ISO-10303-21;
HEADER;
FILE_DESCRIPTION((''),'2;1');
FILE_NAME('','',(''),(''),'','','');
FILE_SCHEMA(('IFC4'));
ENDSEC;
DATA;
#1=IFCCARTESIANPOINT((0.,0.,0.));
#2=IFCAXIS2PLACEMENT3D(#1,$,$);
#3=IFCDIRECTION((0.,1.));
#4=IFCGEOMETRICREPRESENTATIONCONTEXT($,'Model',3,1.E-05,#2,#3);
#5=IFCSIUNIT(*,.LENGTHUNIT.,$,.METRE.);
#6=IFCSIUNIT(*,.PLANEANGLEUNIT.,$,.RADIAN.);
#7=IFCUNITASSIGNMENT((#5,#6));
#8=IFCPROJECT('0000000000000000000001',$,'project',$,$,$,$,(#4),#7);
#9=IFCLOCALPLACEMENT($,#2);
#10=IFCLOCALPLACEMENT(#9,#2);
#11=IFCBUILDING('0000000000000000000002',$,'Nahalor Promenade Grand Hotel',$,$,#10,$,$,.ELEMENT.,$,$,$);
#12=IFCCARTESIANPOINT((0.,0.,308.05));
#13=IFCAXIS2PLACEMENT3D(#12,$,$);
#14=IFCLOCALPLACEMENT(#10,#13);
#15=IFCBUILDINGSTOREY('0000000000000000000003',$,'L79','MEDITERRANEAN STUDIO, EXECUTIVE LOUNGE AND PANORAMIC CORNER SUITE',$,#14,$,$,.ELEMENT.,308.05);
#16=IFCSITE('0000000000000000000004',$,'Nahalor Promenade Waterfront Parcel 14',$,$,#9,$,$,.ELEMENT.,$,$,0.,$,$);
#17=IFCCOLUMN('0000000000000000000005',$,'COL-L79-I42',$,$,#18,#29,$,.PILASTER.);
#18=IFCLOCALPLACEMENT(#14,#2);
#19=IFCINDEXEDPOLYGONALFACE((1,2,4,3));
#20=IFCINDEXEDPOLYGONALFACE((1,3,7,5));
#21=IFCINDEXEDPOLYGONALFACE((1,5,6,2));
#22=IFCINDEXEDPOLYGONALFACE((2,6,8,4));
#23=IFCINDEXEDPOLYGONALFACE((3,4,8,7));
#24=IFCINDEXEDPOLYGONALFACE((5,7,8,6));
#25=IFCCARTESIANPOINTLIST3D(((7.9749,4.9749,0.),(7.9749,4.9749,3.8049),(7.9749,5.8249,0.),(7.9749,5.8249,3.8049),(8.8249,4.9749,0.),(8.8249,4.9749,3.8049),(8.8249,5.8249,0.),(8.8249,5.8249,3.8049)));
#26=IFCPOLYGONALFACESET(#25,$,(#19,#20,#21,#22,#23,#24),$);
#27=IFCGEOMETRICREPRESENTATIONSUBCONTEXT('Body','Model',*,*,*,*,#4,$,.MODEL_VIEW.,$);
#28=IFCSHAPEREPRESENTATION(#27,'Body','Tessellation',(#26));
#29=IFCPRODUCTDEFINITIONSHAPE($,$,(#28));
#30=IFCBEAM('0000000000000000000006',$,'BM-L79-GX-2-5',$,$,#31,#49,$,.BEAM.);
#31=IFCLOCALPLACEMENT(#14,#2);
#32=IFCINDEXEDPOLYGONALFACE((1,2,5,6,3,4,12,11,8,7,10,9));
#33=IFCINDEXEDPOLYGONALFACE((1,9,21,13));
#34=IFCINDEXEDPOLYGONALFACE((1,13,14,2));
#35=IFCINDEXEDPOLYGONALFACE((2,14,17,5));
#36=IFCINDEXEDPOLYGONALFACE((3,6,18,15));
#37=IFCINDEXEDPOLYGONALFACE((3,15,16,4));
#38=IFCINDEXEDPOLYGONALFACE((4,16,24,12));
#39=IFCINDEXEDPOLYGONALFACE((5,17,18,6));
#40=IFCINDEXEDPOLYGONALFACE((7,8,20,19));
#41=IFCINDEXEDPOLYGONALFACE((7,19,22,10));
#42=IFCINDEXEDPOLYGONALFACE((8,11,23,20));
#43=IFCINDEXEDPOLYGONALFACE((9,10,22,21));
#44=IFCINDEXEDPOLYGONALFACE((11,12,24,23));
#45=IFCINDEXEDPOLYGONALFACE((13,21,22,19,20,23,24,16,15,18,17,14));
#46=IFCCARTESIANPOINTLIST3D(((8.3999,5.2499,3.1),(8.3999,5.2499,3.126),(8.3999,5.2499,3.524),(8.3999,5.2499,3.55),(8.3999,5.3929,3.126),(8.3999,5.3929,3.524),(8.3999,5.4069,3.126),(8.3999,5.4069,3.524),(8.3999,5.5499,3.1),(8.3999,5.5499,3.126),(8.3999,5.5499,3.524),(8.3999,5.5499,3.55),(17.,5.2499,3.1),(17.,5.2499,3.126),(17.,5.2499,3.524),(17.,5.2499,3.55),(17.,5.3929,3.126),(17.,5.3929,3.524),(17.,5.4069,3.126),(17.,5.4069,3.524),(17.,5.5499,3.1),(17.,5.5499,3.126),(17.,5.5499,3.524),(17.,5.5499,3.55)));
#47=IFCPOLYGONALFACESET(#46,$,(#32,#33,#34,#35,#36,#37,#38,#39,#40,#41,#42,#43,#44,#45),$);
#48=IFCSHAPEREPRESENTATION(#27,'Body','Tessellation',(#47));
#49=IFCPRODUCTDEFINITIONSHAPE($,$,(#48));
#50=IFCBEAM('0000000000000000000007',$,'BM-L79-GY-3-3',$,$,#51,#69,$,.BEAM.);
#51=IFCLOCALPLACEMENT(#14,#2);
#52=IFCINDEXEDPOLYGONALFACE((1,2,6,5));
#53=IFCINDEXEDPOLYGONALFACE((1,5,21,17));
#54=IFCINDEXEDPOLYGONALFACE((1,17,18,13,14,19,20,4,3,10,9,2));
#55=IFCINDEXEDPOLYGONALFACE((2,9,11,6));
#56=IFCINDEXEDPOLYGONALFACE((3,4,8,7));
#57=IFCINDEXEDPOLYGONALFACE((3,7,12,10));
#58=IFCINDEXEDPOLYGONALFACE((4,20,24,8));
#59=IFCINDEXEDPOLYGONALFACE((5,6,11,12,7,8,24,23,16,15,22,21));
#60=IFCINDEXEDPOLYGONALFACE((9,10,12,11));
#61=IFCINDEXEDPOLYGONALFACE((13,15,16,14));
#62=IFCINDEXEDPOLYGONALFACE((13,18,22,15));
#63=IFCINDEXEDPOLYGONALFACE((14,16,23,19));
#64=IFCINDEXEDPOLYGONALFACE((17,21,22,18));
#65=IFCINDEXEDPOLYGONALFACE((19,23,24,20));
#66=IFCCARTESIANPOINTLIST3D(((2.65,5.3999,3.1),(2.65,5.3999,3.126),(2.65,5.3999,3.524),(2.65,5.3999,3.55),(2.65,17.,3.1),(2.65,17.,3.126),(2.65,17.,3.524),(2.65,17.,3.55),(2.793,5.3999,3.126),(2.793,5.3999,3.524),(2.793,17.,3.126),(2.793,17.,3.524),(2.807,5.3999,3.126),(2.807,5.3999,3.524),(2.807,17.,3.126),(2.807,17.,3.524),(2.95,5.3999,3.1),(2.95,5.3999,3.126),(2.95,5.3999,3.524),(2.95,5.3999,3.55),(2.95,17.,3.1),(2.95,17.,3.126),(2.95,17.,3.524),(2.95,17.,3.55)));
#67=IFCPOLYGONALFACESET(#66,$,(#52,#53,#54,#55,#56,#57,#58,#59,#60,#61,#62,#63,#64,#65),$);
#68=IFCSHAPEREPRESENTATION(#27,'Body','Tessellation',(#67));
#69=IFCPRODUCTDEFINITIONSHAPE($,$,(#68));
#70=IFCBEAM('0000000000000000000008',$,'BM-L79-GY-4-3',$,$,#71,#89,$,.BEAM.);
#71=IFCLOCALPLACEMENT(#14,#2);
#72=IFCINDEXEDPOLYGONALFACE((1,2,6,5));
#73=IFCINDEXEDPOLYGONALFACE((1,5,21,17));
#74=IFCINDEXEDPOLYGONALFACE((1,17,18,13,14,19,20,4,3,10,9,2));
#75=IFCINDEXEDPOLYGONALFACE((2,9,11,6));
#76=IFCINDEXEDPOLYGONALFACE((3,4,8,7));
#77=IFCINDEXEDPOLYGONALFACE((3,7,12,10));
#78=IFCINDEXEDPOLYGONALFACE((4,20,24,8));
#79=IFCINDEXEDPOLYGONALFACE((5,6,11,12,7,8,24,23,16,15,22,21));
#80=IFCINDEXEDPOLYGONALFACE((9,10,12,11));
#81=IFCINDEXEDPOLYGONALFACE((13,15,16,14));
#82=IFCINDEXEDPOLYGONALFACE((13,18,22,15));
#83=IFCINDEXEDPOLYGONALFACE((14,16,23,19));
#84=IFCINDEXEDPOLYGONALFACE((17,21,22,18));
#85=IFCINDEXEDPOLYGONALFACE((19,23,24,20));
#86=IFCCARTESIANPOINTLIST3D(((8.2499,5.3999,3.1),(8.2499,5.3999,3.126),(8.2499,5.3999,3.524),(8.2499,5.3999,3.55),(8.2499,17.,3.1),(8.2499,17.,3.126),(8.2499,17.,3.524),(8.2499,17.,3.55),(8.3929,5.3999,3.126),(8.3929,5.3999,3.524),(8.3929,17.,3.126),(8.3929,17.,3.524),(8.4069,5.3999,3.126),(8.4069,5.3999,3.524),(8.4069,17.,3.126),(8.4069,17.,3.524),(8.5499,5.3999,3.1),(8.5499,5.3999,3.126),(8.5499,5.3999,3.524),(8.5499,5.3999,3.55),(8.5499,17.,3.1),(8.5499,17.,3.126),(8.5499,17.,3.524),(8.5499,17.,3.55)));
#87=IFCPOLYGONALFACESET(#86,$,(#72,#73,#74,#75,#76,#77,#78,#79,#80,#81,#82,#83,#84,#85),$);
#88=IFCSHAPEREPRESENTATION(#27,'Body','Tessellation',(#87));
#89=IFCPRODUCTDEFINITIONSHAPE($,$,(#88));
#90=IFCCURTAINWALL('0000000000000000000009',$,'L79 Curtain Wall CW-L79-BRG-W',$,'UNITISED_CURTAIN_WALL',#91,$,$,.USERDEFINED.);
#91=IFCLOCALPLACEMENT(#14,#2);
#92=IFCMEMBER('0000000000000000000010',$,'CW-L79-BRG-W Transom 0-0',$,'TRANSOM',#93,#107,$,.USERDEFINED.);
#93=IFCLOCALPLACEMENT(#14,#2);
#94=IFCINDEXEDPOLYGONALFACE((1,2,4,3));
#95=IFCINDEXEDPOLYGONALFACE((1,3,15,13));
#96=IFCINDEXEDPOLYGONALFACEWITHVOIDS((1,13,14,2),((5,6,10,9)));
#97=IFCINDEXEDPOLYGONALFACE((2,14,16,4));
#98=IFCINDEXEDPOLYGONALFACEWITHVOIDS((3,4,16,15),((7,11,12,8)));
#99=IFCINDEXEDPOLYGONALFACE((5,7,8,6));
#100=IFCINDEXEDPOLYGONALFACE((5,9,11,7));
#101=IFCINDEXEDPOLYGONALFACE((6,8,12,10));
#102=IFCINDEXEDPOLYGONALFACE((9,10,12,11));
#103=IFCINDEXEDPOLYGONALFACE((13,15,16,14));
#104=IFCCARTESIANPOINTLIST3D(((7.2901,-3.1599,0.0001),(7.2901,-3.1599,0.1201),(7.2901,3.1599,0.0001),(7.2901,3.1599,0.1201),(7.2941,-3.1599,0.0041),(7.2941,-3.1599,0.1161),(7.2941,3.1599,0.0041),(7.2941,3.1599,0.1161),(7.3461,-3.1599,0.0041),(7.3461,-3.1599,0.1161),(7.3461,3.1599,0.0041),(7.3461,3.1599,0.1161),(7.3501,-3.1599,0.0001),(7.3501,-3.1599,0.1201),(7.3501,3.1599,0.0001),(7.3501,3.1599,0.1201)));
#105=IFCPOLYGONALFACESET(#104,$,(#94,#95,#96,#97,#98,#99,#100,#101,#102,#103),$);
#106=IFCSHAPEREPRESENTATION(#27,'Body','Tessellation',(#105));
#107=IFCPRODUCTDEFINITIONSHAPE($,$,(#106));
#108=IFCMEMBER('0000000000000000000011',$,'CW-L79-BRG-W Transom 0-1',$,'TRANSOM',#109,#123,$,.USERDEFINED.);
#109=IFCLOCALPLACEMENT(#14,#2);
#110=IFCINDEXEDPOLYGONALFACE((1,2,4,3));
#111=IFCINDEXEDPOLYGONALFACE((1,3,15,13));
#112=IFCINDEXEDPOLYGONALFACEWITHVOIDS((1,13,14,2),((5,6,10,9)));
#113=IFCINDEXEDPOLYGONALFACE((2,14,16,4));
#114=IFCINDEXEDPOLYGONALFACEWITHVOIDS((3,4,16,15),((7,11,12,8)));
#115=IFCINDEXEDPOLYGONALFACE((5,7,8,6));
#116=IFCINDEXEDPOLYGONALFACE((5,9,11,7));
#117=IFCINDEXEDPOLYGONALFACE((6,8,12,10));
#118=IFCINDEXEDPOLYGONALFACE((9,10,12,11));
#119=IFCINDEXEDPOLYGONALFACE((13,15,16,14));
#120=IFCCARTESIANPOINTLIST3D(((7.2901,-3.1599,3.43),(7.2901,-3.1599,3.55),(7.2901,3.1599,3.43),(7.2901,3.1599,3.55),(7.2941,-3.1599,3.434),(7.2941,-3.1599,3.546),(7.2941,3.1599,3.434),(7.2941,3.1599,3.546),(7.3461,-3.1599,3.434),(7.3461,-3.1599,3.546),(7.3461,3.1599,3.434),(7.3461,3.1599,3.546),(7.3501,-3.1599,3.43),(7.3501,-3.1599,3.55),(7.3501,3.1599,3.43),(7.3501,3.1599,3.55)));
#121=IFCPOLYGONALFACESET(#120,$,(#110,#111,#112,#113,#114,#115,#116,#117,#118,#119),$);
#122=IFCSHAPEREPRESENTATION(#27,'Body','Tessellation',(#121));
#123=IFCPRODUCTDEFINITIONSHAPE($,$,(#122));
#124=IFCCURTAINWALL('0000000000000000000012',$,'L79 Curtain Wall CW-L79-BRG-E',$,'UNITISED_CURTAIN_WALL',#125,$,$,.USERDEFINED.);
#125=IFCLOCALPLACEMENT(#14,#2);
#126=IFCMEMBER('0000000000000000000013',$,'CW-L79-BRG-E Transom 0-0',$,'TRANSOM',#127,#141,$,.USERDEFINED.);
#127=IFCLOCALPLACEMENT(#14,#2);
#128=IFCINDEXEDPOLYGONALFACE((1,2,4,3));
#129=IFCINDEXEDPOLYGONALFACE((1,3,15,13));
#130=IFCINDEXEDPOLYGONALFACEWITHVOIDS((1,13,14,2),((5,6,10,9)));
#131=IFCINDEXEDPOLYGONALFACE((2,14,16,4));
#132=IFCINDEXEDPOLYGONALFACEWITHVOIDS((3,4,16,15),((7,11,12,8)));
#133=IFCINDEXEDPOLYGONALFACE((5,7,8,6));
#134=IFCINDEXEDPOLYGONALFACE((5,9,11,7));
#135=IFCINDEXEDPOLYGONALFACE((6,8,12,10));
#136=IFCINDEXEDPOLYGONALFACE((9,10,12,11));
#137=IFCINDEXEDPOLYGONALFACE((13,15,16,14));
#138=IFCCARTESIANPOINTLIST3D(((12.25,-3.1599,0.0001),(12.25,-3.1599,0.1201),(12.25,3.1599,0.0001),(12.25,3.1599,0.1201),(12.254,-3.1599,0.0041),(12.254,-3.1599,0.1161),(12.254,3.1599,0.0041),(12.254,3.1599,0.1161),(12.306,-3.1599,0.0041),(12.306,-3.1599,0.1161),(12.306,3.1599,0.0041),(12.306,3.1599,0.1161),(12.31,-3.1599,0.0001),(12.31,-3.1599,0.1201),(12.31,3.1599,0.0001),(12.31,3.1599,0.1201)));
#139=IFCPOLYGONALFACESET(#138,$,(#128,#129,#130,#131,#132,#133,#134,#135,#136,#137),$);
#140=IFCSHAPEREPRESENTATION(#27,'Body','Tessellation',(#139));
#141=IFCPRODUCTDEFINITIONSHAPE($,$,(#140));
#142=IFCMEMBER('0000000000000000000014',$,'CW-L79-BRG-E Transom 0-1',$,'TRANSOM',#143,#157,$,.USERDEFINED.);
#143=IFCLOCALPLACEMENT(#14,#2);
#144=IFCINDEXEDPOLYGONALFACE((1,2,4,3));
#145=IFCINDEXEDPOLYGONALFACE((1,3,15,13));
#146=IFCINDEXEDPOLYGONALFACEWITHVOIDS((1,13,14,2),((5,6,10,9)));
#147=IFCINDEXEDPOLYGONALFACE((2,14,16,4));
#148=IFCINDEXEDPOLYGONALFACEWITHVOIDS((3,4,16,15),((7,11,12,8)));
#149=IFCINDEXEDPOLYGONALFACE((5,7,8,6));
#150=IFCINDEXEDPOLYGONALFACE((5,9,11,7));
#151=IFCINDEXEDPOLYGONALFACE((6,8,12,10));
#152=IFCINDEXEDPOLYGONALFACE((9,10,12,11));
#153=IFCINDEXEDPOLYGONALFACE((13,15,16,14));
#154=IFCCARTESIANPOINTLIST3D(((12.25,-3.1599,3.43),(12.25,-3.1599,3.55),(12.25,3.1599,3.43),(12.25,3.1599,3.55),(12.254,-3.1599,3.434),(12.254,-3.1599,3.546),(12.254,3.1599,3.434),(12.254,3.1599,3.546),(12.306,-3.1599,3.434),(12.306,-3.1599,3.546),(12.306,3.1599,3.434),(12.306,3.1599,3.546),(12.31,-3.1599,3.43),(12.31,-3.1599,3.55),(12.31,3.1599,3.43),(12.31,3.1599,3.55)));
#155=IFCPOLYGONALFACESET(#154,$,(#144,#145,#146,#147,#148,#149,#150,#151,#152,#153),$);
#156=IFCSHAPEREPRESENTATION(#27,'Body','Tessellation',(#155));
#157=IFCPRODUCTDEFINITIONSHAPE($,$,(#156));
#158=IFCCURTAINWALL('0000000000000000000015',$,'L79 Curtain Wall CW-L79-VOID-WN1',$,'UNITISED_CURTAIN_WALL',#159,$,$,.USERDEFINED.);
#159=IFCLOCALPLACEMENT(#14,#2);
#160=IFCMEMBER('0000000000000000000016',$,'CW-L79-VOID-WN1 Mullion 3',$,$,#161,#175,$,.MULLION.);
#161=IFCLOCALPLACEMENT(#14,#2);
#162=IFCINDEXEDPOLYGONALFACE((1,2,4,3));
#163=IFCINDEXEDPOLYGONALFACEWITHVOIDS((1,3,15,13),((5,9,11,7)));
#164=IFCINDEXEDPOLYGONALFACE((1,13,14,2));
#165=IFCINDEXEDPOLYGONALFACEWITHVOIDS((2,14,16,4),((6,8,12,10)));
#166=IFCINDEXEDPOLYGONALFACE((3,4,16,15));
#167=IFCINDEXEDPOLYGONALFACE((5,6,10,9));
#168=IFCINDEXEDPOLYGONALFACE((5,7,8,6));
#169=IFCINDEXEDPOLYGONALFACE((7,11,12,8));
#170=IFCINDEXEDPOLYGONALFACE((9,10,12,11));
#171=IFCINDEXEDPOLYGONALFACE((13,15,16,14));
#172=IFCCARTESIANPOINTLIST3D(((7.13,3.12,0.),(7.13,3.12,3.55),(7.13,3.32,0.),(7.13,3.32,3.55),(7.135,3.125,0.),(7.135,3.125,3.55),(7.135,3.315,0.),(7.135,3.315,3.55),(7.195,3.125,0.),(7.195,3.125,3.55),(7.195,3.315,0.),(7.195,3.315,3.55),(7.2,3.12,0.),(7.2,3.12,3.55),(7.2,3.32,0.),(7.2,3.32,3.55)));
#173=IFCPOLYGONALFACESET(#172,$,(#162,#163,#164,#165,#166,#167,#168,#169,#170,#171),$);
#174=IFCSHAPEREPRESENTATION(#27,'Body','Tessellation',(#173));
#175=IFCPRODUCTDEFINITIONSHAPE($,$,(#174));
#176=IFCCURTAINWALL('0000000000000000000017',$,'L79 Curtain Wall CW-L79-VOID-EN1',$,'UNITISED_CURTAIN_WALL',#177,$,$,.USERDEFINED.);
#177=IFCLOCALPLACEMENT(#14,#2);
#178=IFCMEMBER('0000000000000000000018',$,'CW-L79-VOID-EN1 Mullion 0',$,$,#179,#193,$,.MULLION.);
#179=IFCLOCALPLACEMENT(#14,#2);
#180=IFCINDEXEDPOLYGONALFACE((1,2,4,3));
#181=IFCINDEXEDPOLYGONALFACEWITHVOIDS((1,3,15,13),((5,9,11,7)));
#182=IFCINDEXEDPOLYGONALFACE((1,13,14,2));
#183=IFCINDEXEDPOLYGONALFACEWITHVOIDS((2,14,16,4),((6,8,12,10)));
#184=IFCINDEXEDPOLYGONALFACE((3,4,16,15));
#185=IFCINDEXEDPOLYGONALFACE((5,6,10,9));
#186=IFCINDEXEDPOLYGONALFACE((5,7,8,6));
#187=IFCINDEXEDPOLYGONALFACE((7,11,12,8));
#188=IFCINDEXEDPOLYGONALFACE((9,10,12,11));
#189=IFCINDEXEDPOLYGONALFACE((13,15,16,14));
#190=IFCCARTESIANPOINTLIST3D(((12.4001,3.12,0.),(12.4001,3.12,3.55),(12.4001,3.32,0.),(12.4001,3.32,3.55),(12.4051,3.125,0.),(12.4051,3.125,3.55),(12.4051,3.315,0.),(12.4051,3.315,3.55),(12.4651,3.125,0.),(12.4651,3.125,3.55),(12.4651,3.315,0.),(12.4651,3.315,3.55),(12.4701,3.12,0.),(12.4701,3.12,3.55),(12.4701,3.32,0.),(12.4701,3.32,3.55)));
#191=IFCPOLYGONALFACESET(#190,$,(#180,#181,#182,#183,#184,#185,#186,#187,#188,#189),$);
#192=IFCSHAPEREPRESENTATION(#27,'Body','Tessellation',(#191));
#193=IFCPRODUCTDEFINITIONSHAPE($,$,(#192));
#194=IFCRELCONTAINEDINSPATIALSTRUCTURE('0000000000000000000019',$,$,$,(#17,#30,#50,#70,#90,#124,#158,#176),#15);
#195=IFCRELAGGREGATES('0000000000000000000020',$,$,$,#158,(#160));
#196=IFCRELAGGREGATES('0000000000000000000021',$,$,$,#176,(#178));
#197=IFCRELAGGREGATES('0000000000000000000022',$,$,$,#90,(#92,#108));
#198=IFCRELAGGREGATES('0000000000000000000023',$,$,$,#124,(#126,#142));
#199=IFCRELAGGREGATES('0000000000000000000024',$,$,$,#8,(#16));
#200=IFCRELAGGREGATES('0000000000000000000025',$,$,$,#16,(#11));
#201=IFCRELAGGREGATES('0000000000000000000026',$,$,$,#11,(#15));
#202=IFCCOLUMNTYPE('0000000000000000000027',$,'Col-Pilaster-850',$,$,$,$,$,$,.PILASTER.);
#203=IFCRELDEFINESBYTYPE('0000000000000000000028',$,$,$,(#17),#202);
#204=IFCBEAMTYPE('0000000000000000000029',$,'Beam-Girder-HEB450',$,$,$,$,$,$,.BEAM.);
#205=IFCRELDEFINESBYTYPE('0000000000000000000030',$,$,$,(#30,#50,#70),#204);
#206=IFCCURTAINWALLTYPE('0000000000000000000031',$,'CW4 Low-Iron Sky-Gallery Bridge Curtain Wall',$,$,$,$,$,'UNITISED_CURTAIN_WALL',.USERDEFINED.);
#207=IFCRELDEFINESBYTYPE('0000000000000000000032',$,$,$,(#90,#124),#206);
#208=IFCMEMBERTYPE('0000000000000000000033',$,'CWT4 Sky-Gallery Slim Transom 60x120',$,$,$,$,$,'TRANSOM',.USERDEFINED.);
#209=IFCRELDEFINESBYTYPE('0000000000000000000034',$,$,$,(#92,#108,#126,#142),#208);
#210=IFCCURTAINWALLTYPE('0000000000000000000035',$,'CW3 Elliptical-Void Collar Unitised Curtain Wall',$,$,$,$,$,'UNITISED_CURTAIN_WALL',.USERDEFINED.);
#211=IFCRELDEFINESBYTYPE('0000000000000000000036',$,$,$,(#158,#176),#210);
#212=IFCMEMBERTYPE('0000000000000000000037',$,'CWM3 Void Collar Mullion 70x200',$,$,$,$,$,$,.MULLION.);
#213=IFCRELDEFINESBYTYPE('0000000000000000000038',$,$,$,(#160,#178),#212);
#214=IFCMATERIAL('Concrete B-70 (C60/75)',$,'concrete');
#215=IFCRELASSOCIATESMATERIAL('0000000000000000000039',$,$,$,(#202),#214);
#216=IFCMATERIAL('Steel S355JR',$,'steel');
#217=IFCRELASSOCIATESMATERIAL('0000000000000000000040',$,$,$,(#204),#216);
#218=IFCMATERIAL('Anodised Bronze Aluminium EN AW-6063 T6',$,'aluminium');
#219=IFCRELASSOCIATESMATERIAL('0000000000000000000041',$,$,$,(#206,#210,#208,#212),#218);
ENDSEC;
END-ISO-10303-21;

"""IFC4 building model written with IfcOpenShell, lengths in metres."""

from ifc_helpers import new_model, si_unit, direction, frame, origin, origin_2d, place, context, subcontext, project, spatial, rectangle, hollow_rectangle, i_section, extrude, source, transform, mapped, material, material_profile, profile_set, type_object, element, aggregate, save


model = new_model("IFC4")

# Units and contexts
model_context = context("Model", 3, precision=1e-05, world=origin(), true_north=direction((0.0, 1.0)))
body_context = subcontext(model_context, "Body", "Model", "MODEL_VIEW")
ifc_project = project(units=[si_unit("LENGTHUNIT", "METRE"), si_unit("PLANEANGLEUNIT", "RADIAN")], contexts=[model_context])

# Site, building, storey
site_placement = place(None, origin())
site = spatial("IfcSite", under=ifc_project, at=site_placement, Name="Nahalor Promenade Waterfront Parcel 14", CompositionType="ELEMENT", RefElevation=0.0)
building_placement = place(site_placement, origin())
building = spatial("IfcBuilding", under=site, at=building_placement, Name="Nahalor Promenade Grand Hotel", CompositionType="ELEMENT")
storey_placement = place(building_placement, frame((0.0, 0.0, 308.05)))
storey = spatial("IfcBuildingStorey", under=building, at=storey_placement, Name="L79", Description="MEDITERRANEAN STUDIO, EXECUTIVE LOUNGE AND PANORAMIC CORNER SUITE", CompositionType="ELEMENT", Elevation=308.05)

# Column
ifc_material_1 = material(Name="Concrete B-70 (C60/75)", Category="concrete")
ifc_material_profile_1 = material_profile(ifc_material_1, rectangle(XDim=0.85, YDim=0.85, at=origin_2d()), Name="RC 850x850")
ifc_profile_set_1 = profile_set([ifc_material_profile_1], Name="Concrete B-70 (C60/75)")
column_type = type_object("IfcColumnType", Name="Col-Pilaster-850", PredefinedType="PILASTER", material=ifc_profile_set_1)
shared_shape_1 = source(origin(), body_context, "Body", "SweptSolid", [
    extrude(rectangle(XDim=0.85, YDim=0.85, at=origin_2d()), origin(), (0.0, 0.0, 1.0), 3.8049),
])
column_placement = place(storey_placement, frame((8.3999, 5.3999, 0.0), z_axis=(0.0, 0.0, 1.0), x_axis=(1.0, 0.0, 0.0)))
element("IfcColumn", 1, at=column_placement, inside=storey, type_object=column_type, Name="COL-L79-I42", PredefinedType="PILASTER", context=body_context, shape_type="MappedRepresentation", body=[
    mapped(shared_shape_1, transform((0.0, 0.0, 0.0), scale=1.0)),
])

# Beams
ifc_material_2 = material(Name="Steel S355JR", Category="steel")
ifc_material_profile_2 = material_profile(ifc_material_2, i_section(OverallWidth=0.3, OverallDepth=0.45, WebThickness=0.014, FlangeThickness=0.026, at=origin_2d()), Name="HEB 450")
ifc_profile_set_2 = profile_set([ifc_material_profile_2], Name="Steel S355JR")
beam_type = type_object("IfcBeamType", Name="Beam-Girder-HEB450", PredefinedType="BEAM", material=ifc_profile_set_2)
shared_shape_2 = source(origin(), body_context, "Body", "SweptSolid", [
    extrude(i_section(OverallWidth=0.3, OverallDepth=0.45, WebThickness=0.014, FlangeThickness=0.026, at=origin_2d()), origin(), (0.0, 0.0, 1.0), 8.6001),
])
beam_placement = place(storey_placement, frame((8.3999, 5.3999, 3.325), z_axis=(1.0, 0.0, 0.0), x_axis=(0.0, 1.0, 0.0)))
element("IfcBeam", 2, at=beam_placement, inside=storey, type_object=beam_type, Name="BM-L79-GX-2-5", PredefinedType="BEAM", context=body_context, shape_type="MappedRepresentation", body=[
    mapped(shared_shape_2, transform((0.0, 0.0, 0.0), scale=1.0)),
])
shared_shape_3 = source(origin(), body_context, "Body", "SweptSolid", [
    extrude(i_section(OverallWidth=0.3, OverallDepth=0.45, WebThickness=0.014, FlangeThickness=0.026, at=origin_2d()), origin(), (0.0, 0.0, 1.0), 11.6001),
])
for number, where, z_axis, x_axis, name in (
    (3, (2.8, 5.3999, 3.325), (0.0, 1.0, 0.0), (-1.0, 0.0, 0.0), "BM-L79-GY-3-3"),
    (4, (8.3999, 5.3999, 3.325), (0.0, 1.0, 0.0), (-1.0, 0.0, 0.0), "BM-L79-GY-4-3"),
):
    element("IfcBeam", number, at=place(storey_placement, frame(where, z_axis=z_axis, x_axis=x_axis)), inside=storey, type_object=beam_type, Name=name, PredefinedType="BEAM", context=body_context, shape_type="MappedRepresentation", body=[
        mapped(shared_shape_3, transform((0.0, 0.0, 0.0), scale=1.0)),
    ])

# Curtain walls, members
ifc_material_3 = material(Name="Anodised Bronze Aluminium EN AW-6063 T6", Category="aluminium")
curtain_wall_type_1 = type_object("IfcCurtainWallType", Name="CW4 Low-Iron Sky-Gallery Bridge Curtain Wall", ElementType="UNITISED_CURTAIN_WALL", PredefinedType="USERDEFINED", material=ifc_material_3)
curtain_wall_1_placement = place(storey_placement, origin())
curtain_wall_1 = element("IfcCurtainWall", 5, at=curtain_wall_1_placement, inside=storey, type_object=curtain_wall_type_1, Name="L79 Curtain Wall CW-L79-BRG-W", ObjectType="UNITISED_CURTAIN_WALL", PredefinedType="USERDEFINED")
ifc_material_profile_3 = material_profile(ifc_material_3, hollow_rectangle(XDim=0.06, YDim=0.12, WallThickness=0.004, at=origin_2d()), Name="CWT 60x120x4")
ifc_profile_set_3 = profile_set([ifc_material_profile_3], Name="Anodised Bronze Aluminium EN AW-6063 T6")
member_type_1 = type_object("IfcMemberType", Name="CWT4 Sky-Gallery Slim Transom 60x120", ElementType="TRANSOM", PredefinedType="USERDEFINED", material=ifc_profile_set_3)
shared_shape_4 = source(origin(), body_context, "Body", "SweptSolid", [
    extrude(hollow_rectangle(XDim=0.06, YDim=0.12, WallThickness=0.004, at=origin_2d()), origin(), (0.0, 0.0, 1.0), 6.3198),
])
member_1_placement = place(storey_placement, frame((7.3201, -3.1599, 0.0601), z_axis=(0.0, 1.0, 0.0), x_axis=(-1.0, 0.0, 0.0)))
member_1 = element("IfcMember", 6, at=member_1_placement, type_object=member_type_1, Name="CW-L79-BRG-W Transom 0-0", ObjectType="TRANSOM", PredefinedType="USERDEFINED", context=body_context, shape_type="MappedRepresentation", body=[
    mapped(shared_shape_4, transform((0.0, 0.0, 0.0), scale=1.0)),
])
member_2_placement = place(storey_placement, frame((7.3201, -3.1599, 3.49), z_axis=(0.0, 1.0, 0.0), x_axis=(-1.0, 0.0, 0.0)))
member_2 = element("IfcMember", 7, at=member_2_placement, type_object=member_type_1, Name="CW-L79-BRG-W Transom 0-1", ObjectType="TRANSOM", PredefinedType="USERDEFINED", context=body_context, shape_type="MappedRepresentation", body=[
    mapped(shared_shape_4, transform((0.0, 0.0, 0.0), scale=1.0)),
])
curtain_wall_2_placement = place(storey_placement, origin())
curtain_wall_2 = element("IfcCurtainWall", 8, at=curtain_wall_2_placement, inside=storey, type_object=curtain_wall_type_1, Name="L79 Curtain Wall CW-L79-BRG-E", ObjectType="UNITISED_CURTAIN_WALL", PredefinedType="USERDEFINED")
member_3_placement = place(storey_placement, frame((12.28, -3.1599, 0.0601), z_axis=(0.0, 1.0, 0.0), x_axis=(-1.0, 0.0, 0.0)))
member_3 = element("IfcMember", 9, at=member_3_placement, type_object=member_type_1, Name="CW-L79-BRG-E Transom 0-0", ObjectType="TRANSOM", PredefinedType="USERDEFINED", context=body_context, shape_type="MappedRepresentation", body=[
    mapped(shared_shape_4, transform((0.0, 0.0, 0.0), scale=1.0)),
])
member_4_placement = place(storey_placement, frame((12.28, -3.1599, 3.49), z_axis=(0.0, 1.0, 0.0), x_axis=(-1.0, 0.0, 0.0)))
member_4 = element("IfcMember", 10, at=member_4_placement, type_object=member_type_1, Name="CW-L79-BRG-E Transom 0-1", ObjectType="TRANSOM", PredefinedType="USERDEFINED", context=body_context, shape_type="MappedRepresentation", body=[
    mapped(shared_shape_4, transform((0.0, 0.0, 0.0), scale=1.0)),
])

# Curtain walls, members
curtain_wall_type_2 = type_object("IfcCurtainWallType", Name="CW3 Elliptical-Void Collar Unitised Curtain Wall", ElementType="UNITISED_CURTAIN_WALL", PredefinedType="USERDEFINED", material=ifc_material_3)
curtain_wall_3_placement = place(storey_placement, origin())
curtain_wall_3 = element("IfcCurtainWall", 11, at=curtain_wall_3_placement, inside=storey, type_object=curtain_wall_type_2, Name="L79 Curtain Wall CW-L79-VOID-WN1", ObjectType="UNITISED_CURTAIN_WALL", PredefinedType="USERDEFINED")
ifc_material_profile_4 = material_profile(ifc_material_3, hollow_rectangle(XDim=0.07, YDim=0.2, WallThickness=0.005, at=origin_2d()), Name="CWM 70x200x5")
ifc_profile_set_4 = profile_set([ifc_material_profile_4], Name="Anodised Bronze Aluminium EN AW-6063 T6")
member_type_2 = type_object("IfcMemberType", Name="CWM3 Void Collar Mullion 70x200", PredefinedType="MULLION", material=ifc_profile_set_4)
shared_shape_5 = source(origin(), body_context, "Body", "SweptSolid", [
    extrude(hollow_rectangle(XDim=0.07, YDim=0.2, WallThickness=0.005, at=origin_2d()), origin(), (0.0, 0.0, 1.0), 3.55),
])
member_5_placement = place(storey_placement, frame((7.165, 3.22, 0.0), z_axis=(0.0, 0.0, 1.0), x_axis=(1.0, 0.0, 0.0)))
member_5 = element("IfcMember", 12, at=member_5_placement, type_object=member_type_2, Name="CW-L79-VOID-WN1 Mullion 3", PredefinedType="MULLION", context=body_context, shape_type="MappedRepresentation", body=[
    mapped(shared_shape_5, transform((0.0, 0.0, 0.0), scale=1.0)),
])
aggregate(curtain_wall_3, [member_5])
curtain_wall_4_placement = place(storey_placement, origin())
curtain_wall_4 = element("IfcCurtainWall", 13, at=curtain_wall_4_placement, inside=storey, type_object=curtain_wall_type_2, Name="L79 Curtain Wall CW-L79-VOID-EN1", ObjectType="UNITISED_CURTAIN_WALL", PredefinedType="USERDEFINED")
member_6_placement = place(storey_placement, frame((12.4351, 3.22, 0.0), z_axis=(0.0, 0.0, 1.0), x_axis=(1.0, 0.0, 0.0)))
member_6 = element("IfcMember", 14, at=member_6_placement, type_object=member_type_2, Name="CW-L79-VOID-EN1 Mullion 0", PredefinedType="MULLION", context=body_context, shape_type="MappedRepresentation", body=[
    mapped(shared_shape_5, transform((0.0, 0.0, 0.0), scale=1.0)),
])
aggregate(curtain_wall_4, [member_6])

aggregate(curtain_wall_1, [member_1, member_2])
aggregate(curtain_wall_2, [member_3, member_4])

save(model, "model.ifc")
